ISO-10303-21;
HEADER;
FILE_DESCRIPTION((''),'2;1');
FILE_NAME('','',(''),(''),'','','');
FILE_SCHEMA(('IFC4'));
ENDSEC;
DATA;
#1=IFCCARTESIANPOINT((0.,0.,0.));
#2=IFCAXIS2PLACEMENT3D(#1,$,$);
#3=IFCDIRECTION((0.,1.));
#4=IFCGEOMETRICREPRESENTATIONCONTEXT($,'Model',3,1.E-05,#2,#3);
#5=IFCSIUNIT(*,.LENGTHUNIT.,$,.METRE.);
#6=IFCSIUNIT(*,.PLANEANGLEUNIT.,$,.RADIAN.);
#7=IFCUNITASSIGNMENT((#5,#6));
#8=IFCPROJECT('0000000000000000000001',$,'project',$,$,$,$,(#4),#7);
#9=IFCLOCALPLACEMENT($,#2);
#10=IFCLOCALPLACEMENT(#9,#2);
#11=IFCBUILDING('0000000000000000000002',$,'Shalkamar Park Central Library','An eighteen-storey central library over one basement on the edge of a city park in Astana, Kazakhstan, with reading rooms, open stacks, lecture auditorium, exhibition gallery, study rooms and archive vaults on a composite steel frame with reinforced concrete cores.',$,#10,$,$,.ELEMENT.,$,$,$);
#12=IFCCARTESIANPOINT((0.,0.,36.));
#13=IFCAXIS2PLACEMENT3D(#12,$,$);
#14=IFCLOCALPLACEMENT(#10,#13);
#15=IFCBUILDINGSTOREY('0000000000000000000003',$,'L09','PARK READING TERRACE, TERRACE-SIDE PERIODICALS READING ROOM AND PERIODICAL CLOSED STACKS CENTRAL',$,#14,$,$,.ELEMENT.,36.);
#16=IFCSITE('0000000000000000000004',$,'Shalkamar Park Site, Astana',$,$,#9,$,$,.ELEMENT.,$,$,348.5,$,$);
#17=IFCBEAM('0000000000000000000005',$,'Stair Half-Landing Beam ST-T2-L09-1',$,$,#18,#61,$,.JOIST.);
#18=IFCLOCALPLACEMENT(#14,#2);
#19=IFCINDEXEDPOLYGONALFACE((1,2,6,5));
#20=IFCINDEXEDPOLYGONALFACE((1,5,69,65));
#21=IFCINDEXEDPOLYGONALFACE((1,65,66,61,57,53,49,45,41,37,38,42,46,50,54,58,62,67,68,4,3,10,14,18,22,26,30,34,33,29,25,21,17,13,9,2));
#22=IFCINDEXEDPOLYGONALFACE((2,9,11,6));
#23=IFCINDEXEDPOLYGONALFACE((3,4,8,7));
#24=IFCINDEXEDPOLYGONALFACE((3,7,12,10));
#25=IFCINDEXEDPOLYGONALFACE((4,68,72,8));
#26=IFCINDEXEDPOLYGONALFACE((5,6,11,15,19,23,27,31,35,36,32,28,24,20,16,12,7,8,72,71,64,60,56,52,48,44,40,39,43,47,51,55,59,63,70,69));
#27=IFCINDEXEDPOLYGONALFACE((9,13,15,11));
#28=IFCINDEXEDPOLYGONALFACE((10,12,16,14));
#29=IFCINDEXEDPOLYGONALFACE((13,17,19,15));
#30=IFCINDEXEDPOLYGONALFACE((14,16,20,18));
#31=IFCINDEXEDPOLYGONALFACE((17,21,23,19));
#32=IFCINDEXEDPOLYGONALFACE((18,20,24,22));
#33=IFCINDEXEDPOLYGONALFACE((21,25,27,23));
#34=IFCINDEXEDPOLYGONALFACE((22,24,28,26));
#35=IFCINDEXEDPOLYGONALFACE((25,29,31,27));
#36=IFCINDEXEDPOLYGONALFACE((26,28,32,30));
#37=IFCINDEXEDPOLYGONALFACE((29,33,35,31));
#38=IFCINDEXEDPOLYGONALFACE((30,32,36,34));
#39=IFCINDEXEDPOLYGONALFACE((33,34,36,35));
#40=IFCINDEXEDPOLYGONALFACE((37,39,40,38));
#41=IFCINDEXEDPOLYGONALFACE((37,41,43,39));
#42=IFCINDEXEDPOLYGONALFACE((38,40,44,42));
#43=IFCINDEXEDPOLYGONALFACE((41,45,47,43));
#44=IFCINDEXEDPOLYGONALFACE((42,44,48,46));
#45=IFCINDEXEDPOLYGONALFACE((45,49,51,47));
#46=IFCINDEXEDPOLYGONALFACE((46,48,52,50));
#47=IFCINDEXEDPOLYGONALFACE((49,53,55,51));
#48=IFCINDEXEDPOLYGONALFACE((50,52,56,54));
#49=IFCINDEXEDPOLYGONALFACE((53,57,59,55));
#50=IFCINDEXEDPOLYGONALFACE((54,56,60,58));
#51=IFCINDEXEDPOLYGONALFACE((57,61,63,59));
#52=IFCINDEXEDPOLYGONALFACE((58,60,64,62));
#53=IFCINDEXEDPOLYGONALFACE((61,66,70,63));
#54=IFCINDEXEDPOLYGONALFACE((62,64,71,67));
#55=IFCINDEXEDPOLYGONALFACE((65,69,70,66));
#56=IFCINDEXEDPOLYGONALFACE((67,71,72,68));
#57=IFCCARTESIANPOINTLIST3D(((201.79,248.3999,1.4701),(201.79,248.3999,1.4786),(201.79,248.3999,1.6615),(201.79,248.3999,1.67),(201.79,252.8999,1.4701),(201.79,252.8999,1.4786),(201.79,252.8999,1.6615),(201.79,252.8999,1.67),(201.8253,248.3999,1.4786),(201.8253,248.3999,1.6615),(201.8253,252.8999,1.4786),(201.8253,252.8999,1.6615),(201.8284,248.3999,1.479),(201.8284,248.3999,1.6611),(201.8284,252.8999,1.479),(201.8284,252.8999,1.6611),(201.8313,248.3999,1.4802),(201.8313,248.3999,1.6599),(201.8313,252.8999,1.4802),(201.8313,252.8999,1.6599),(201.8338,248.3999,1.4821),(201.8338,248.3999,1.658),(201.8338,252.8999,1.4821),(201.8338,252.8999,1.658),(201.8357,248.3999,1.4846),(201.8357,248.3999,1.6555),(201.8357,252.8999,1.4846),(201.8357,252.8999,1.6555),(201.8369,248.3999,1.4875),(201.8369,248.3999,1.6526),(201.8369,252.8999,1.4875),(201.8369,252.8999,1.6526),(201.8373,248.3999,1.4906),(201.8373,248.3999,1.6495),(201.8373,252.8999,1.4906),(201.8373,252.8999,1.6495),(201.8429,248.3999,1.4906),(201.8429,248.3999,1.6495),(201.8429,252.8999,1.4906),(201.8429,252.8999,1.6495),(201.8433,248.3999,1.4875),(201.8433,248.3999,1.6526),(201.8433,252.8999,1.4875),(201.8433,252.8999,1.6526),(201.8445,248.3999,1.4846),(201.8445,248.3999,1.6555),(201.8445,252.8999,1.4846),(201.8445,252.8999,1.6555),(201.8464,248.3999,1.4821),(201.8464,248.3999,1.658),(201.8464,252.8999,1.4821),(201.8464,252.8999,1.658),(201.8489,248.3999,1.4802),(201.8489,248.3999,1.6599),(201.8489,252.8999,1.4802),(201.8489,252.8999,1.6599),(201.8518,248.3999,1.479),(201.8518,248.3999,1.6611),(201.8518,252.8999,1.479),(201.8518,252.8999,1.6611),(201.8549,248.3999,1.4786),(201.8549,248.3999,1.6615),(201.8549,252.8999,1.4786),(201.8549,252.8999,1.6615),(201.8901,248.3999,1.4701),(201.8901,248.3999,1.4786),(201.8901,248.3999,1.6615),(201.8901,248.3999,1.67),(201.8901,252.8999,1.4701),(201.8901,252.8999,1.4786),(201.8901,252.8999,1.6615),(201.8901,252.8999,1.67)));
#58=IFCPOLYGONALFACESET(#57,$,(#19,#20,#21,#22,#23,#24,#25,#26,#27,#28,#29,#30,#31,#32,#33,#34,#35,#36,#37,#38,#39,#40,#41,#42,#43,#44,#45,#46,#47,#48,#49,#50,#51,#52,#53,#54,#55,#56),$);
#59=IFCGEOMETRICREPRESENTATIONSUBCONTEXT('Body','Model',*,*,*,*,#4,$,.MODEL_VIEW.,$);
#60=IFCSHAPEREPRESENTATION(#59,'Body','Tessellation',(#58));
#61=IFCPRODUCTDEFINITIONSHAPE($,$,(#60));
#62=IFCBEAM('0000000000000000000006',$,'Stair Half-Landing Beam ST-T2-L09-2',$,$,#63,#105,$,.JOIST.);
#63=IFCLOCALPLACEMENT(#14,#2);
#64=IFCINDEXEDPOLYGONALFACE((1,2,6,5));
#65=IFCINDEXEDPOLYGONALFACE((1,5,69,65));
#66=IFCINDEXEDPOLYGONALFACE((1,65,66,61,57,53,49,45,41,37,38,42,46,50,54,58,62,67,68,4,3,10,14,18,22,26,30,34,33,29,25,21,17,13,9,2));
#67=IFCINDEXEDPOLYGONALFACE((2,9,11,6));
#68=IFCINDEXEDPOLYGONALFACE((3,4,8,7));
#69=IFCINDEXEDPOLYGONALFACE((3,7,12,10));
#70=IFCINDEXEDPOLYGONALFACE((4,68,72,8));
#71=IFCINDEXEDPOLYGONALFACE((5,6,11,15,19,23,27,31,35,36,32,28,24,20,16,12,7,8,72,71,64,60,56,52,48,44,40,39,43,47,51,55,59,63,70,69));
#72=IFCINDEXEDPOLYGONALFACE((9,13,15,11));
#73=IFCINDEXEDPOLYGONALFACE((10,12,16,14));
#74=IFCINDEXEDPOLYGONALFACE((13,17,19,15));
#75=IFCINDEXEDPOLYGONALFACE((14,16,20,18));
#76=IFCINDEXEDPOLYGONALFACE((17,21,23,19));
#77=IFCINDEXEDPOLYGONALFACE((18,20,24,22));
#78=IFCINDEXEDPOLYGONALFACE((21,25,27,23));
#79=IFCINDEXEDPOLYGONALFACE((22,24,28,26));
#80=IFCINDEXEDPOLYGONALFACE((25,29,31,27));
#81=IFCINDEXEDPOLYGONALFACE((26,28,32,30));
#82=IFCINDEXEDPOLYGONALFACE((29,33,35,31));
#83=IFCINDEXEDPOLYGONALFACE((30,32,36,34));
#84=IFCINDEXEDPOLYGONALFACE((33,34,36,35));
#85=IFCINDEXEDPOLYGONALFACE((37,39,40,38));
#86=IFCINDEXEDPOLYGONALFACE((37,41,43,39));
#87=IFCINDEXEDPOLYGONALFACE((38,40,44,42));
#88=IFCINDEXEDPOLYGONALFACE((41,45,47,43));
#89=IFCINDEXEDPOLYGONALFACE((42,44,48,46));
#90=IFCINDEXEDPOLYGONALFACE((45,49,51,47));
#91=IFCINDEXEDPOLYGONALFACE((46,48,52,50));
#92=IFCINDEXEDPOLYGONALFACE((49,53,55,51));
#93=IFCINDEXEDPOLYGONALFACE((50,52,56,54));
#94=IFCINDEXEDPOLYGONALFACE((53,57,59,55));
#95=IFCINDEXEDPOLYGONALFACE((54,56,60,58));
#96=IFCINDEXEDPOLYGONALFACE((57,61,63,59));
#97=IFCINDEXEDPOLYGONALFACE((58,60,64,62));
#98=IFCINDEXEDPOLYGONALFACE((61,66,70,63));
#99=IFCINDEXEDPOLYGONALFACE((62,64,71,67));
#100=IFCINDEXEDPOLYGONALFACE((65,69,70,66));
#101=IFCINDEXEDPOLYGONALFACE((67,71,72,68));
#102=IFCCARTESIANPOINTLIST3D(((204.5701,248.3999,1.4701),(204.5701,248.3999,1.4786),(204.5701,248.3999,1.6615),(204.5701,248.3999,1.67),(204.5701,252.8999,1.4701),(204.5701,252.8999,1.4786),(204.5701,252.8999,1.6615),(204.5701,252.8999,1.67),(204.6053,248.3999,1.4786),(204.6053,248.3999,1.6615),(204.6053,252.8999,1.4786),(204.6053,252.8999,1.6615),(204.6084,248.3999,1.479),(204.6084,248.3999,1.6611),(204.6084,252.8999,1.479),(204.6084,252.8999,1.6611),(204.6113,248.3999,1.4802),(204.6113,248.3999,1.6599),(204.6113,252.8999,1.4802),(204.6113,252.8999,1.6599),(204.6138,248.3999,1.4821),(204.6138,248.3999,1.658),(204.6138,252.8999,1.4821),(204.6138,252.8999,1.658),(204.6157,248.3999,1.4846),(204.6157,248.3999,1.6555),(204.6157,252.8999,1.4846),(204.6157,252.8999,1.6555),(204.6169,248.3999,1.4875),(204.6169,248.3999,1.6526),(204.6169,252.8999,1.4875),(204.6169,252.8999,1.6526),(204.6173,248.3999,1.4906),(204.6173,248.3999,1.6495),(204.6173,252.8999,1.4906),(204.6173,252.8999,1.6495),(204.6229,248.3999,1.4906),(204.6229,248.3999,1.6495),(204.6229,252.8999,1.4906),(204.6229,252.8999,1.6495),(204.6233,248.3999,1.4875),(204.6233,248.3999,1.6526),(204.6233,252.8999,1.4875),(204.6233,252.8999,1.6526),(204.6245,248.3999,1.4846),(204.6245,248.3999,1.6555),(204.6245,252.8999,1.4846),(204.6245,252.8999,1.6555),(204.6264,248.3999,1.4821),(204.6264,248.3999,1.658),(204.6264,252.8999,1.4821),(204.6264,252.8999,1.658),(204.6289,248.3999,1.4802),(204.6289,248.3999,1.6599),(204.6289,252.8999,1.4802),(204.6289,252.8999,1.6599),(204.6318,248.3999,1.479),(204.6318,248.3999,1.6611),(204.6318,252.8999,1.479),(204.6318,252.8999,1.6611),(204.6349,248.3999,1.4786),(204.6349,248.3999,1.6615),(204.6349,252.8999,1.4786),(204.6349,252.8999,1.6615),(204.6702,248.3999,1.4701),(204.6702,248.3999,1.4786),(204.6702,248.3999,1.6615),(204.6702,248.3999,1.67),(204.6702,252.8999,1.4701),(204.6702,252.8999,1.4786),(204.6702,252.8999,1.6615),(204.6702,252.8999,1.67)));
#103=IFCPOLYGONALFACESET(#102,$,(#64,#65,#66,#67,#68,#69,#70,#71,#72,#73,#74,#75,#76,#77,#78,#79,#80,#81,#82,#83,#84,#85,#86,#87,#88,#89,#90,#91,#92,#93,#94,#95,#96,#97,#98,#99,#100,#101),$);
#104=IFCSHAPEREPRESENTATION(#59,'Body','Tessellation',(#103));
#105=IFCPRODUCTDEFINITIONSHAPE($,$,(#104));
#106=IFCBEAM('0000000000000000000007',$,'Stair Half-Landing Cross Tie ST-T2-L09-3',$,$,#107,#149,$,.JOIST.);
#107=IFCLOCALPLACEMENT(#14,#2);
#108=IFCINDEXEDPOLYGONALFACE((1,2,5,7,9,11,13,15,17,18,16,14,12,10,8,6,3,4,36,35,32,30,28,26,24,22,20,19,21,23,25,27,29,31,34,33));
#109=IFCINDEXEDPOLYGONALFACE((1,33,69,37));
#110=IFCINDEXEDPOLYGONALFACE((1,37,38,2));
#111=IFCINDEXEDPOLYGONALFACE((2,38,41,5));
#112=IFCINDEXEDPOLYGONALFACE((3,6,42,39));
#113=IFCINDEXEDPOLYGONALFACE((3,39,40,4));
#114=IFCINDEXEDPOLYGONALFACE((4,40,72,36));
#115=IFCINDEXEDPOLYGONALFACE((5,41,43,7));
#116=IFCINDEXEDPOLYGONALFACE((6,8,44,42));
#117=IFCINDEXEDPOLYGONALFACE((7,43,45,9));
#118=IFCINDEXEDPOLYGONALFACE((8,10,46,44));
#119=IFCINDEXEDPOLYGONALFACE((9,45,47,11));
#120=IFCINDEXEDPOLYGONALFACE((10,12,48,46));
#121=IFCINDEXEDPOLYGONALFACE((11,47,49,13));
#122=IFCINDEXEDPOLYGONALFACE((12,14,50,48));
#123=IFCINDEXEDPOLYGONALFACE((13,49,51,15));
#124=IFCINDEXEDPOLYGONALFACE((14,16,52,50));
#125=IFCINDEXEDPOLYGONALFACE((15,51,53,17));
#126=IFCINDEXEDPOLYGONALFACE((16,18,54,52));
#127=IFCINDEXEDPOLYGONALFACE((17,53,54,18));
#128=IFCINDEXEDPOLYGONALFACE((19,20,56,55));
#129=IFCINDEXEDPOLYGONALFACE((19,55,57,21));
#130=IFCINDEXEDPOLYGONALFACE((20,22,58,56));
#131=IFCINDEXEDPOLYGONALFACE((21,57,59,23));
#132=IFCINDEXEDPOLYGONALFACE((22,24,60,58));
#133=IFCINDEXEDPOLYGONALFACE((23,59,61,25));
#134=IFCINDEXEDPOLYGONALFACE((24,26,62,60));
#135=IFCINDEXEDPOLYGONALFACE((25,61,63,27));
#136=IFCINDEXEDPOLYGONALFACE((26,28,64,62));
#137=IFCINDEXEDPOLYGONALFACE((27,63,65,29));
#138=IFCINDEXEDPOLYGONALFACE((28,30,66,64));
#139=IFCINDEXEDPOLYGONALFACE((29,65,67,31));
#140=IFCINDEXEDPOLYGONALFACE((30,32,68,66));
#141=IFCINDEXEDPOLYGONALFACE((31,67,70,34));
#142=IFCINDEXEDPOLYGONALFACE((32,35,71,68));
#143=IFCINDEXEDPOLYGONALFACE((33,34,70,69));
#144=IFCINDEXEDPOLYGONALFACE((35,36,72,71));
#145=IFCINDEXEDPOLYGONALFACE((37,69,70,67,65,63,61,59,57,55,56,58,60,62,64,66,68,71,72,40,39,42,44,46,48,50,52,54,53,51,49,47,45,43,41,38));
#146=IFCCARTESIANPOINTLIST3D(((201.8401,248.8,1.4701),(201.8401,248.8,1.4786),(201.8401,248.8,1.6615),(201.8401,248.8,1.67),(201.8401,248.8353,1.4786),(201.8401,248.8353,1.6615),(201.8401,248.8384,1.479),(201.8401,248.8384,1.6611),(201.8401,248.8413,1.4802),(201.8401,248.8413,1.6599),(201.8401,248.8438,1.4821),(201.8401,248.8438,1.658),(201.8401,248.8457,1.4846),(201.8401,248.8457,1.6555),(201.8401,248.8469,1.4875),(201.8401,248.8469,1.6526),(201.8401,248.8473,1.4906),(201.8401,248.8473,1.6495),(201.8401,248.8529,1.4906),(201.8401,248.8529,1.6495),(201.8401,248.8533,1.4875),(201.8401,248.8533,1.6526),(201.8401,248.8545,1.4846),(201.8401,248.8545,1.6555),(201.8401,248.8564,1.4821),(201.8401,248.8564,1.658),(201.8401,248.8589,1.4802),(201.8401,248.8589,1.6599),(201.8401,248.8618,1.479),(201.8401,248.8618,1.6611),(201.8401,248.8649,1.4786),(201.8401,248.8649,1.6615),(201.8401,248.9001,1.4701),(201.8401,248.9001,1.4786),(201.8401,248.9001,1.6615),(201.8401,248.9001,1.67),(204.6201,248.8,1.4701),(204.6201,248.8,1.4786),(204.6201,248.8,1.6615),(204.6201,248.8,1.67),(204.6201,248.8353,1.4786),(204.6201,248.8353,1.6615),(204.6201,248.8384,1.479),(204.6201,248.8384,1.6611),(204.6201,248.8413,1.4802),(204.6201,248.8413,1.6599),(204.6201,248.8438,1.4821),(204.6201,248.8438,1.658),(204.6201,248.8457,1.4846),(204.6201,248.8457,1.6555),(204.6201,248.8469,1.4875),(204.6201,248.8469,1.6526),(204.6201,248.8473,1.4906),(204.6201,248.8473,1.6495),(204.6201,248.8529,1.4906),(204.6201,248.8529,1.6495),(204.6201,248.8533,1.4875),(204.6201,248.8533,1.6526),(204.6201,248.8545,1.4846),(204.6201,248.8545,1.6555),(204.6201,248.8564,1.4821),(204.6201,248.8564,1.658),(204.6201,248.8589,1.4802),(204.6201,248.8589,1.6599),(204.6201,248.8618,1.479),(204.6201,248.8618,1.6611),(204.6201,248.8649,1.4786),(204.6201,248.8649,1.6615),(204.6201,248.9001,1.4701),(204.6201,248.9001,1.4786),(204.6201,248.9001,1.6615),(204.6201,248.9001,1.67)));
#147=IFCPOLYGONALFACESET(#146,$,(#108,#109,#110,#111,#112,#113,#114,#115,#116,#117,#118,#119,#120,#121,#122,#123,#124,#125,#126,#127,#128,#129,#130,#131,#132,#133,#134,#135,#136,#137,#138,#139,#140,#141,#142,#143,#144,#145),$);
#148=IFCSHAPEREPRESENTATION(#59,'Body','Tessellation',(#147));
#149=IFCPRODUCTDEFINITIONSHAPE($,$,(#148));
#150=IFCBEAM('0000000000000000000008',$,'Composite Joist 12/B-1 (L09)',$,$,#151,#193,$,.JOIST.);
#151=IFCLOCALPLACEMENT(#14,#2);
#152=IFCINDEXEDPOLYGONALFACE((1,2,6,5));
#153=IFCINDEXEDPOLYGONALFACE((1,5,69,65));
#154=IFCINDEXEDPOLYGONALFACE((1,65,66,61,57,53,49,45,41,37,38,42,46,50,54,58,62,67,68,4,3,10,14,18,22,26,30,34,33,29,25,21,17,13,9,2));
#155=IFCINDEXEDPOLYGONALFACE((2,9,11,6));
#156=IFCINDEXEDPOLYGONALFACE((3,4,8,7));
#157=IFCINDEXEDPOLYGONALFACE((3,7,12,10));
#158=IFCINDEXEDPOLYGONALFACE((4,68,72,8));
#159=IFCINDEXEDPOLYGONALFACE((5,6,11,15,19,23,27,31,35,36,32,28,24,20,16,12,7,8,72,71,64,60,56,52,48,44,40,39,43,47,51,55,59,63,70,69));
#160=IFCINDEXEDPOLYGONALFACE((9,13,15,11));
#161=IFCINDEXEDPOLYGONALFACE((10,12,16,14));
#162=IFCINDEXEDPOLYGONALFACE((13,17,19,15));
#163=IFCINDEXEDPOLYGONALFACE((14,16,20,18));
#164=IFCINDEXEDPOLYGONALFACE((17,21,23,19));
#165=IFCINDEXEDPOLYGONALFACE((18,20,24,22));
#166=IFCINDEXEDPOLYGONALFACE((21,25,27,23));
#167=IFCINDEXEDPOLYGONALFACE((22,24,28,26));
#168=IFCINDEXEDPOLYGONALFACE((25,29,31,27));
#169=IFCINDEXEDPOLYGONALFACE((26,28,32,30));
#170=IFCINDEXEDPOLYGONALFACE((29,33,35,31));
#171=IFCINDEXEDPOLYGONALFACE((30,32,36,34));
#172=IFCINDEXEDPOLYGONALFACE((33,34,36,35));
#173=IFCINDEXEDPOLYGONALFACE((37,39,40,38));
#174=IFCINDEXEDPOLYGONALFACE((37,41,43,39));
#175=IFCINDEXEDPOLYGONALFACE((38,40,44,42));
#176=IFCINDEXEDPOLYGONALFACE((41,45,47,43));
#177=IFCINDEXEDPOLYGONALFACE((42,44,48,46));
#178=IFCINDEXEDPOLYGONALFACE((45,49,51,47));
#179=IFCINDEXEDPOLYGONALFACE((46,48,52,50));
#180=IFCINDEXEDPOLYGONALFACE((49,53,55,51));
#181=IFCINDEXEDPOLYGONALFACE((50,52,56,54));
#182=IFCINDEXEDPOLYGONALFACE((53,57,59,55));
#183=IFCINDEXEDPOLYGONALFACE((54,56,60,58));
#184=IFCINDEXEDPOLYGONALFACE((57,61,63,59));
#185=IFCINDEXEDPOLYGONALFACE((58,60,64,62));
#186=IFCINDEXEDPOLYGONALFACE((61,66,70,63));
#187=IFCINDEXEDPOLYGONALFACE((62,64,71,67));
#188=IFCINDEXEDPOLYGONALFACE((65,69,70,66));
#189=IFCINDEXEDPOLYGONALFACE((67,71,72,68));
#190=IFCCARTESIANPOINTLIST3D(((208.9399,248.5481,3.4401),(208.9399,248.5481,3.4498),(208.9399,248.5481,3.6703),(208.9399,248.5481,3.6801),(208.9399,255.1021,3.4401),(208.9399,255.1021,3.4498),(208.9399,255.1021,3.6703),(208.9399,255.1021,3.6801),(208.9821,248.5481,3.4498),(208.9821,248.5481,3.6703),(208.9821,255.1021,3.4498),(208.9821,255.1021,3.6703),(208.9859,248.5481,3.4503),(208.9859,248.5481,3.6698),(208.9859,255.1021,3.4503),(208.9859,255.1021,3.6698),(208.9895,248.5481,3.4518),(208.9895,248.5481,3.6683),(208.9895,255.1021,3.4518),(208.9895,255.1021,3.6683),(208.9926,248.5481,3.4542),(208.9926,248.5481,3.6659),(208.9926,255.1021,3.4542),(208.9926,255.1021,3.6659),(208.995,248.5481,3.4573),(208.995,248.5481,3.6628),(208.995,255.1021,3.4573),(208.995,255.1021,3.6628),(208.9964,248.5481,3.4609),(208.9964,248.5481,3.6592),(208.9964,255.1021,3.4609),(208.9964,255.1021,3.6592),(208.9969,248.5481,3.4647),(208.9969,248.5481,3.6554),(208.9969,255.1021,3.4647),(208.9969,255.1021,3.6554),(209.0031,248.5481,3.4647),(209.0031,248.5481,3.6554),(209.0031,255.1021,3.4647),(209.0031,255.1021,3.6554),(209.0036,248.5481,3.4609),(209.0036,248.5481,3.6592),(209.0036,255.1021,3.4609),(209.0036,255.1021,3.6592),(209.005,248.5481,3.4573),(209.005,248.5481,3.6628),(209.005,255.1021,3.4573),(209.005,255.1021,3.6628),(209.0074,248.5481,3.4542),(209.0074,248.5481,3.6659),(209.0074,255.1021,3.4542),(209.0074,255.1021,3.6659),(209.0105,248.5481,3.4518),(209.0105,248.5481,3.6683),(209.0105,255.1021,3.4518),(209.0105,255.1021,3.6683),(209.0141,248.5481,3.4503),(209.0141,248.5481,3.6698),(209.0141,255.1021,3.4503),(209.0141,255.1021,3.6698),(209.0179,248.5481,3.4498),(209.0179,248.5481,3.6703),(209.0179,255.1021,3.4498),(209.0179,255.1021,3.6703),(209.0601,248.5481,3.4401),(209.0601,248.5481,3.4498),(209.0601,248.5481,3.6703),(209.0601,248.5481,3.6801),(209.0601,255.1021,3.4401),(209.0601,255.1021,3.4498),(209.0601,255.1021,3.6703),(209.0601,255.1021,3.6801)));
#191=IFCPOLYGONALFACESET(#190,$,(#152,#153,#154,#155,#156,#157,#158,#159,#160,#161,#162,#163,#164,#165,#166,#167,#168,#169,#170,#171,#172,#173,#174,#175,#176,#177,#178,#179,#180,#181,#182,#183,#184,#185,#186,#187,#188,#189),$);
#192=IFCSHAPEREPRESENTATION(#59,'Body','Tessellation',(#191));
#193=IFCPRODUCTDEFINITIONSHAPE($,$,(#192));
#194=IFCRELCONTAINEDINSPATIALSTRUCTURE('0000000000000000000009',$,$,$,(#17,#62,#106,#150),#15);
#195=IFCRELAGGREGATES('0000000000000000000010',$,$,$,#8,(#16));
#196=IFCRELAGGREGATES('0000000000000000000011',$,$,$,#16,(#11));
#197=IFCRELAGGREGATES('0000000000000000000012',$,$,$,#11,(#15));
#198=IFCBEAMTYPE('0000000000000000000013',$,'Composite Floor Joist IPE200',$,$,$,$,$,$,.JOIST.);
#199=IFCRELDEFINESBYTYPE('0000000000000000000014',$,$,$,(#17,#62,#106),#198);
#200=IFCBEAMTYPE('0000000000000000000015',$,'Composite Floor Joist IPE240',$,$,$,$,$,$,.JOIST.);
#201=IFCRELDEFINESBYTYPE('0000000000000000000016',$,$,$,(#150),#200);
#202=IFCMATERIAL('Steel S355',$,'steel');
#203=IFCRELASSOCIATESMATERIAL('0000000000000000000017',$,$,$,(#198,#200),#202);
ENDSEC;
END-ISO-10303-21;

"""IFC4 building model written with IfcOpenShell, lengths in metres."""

from ifc_helpers import new_model, si_unit, direction, frame, origin, origin_2d, place, context, subcontext, project, spatial, i_section, extrude, material, material_profile, profile_set, type_object, element, save


model = new_model("IFC4")

# Units and contexts
model_context = context("Model", 3, precision=1e-05, world=origin(), true_north=direction((0.0, 1.0)))
body_context = subcontext(model_context, "Body", "Model", "MODEL_VIEW")
ifc_project = project(units=[si_unit("LENGTHUNIT", "METRE"), si_unit("PLANEANGLEUNIT", "RADIAN")], contexts=[model_context])

# Site, building, storey
site_placement = place(None, origin())
site = spatial("IfcSite", under=ifc_project, at=site_placement, Name="Shalkamar Park Site, Astana", CompositionType="ELEMENT", RefElevation=348.5)
building_placement = place(site_placement, origin())
building = spatial("IfcBuilding", under=site, at=building_placement, Name="Shalkamar Park Central Library", Description="An eighteen-storey central library over one basement on the edge of a city park in Astana, Kazakhstan, with reading rooms, open stacks, lecture auditorium, exhibition gallery, study rooms and archive vaults on a composite steel frame with reinforced concrete cores.", CompositionType="ELEMENT")
storey_placement = place(building_placement, frame((0.0, 0.0, 36.0)))
storey = spatial("IfcBuildingStorey", under=building, at=storey_placement, Name="L09", Description="PARK READING TERRACE, TERRACE-SIDE PERIODICALS READING ROOM AND PERIODICAL CLOSED STACKS CENTRAL", CompositionType="ELEMENT", Elevation=36.0)

# Beams
ifc_material_1 = material(Name="Steel S355", Category="steel")
ifc_material_profile_1 = material_profile(ifc_material_1, i_section(OverallWidth=0.1001, OverallDepth=0.2, WebThickness=0.0056, FlangeThickness=0.0085, FilletRadius=0.012, at=origin_2d()), Name="IPE 200")
ifc_profile_set_1 = profile_set([ifc_material_profile_1], Name="Steel S355")
beam_type_1 = type_object("IfcBeamType", Name="Composite Floor Joist IPE200", PredefinedType="JOIST", material=ifc_profile_set_1)
for number, where, z_axis, x_axis, name in (
    (1, (201.8401, 248.3999, 1.5701), (0.0, 1.0, 0.0), (-1.0, 0.0, 0.0), "Stair Half-Landing Beam ST-T2-L09-1"),
    (2, (204.6201, 248.3999, 1.5701), (0.0, 1.0, 0.0), (-1.0, 0.0, 0.0), "Stair Half-Landing Beam ST-T2-L09-2"),
):
    element("IfcBeam", number, at=place(storey_placement, frame(where, z_axis=z_axis, x_axis=x_axis)), inside=storey, type_object=beam_type_1, Name=name, PredefinedType="JOIST", context=body_context, shape_type="SweptSolid", body=[
        extrude(i_section(OverallWidth=0.1001, OverallDepth=0.2, WebThickness=0.0056, FlangeThickness=0.0085, FilletRadius=0.012, at=origin_2d()), origin(), (0.0, 0.0, 1.0), 4.5),
    ])
beam_1_placement = place(storey_placement, frame((201.8401, 248.8501, 1.5701), z_axis=(1.0, 0.0, 0.0), x_axis=(0.0, 1.0, 0.0)))
element("IfcBeam", 3, at=beam_1_placement, inside=storey, type_object=beam_type_1, Name="Stair Half-Landing Cross Tie ST-T2-L09-3", PredefinedType="JOIST", context=body_context, shape_type="SweptSolid", body=[
    extrude(i_section(OverallWidth=0.1001, OverallDepth=0.2, WebThickness=0.0056, FlangeThickness=0.0085, FilletRadius=0.012, at=origin_2d()), origin(), (0.0, 0.0, 1.0), 2.78),
])
ifc_material_profile_2 = material_profile(ifc_material_1, i_section(OverallWidth=0.1201, OverallDepth=0.24, WebThickness=0.0061, FlangeThickness=0.0098, FilletRadius=0.0149, at=origin_2d()), Name="IPE 240")
ifc_profile_set_2 = profile_set([ifc_material_profile_2], Name="Steel S355")
beam_type_2 = type_object("IfcBeamType", Name="Composite Floor Joist IPE240", PredefinedType="JOIST", material=ifc_profile_set_2)
for number, where, z_axis, x_axis, name in (
    (4, (209.0, 248.5481, 3.5601), (0.0, 1.0, 0.0), (-1.0, 0.0, 0.0), "Composite Joist 12/B-1 (L09)"),
):
    element("IfcBeam", number, at=place(storey_placement, frame(where, z_axis=z_axis, x_axis=x_axis)), inside=storey, type_object=beam_type_2, Name=name, PredefinedType="JOIST", context=body_context, shape_type="SweptSolid", body=[
        extrude(i_section(OverallWidth=0.1201, OverallDepth=0.24, WebThickness=0.0061, FlangeThickness=0.0098, FilletRadius=0.0149, at=origin_2d()), origin(), (0.0, 0.0, 1.0), 6.554),
    ])

save(model, "model.ifc")
